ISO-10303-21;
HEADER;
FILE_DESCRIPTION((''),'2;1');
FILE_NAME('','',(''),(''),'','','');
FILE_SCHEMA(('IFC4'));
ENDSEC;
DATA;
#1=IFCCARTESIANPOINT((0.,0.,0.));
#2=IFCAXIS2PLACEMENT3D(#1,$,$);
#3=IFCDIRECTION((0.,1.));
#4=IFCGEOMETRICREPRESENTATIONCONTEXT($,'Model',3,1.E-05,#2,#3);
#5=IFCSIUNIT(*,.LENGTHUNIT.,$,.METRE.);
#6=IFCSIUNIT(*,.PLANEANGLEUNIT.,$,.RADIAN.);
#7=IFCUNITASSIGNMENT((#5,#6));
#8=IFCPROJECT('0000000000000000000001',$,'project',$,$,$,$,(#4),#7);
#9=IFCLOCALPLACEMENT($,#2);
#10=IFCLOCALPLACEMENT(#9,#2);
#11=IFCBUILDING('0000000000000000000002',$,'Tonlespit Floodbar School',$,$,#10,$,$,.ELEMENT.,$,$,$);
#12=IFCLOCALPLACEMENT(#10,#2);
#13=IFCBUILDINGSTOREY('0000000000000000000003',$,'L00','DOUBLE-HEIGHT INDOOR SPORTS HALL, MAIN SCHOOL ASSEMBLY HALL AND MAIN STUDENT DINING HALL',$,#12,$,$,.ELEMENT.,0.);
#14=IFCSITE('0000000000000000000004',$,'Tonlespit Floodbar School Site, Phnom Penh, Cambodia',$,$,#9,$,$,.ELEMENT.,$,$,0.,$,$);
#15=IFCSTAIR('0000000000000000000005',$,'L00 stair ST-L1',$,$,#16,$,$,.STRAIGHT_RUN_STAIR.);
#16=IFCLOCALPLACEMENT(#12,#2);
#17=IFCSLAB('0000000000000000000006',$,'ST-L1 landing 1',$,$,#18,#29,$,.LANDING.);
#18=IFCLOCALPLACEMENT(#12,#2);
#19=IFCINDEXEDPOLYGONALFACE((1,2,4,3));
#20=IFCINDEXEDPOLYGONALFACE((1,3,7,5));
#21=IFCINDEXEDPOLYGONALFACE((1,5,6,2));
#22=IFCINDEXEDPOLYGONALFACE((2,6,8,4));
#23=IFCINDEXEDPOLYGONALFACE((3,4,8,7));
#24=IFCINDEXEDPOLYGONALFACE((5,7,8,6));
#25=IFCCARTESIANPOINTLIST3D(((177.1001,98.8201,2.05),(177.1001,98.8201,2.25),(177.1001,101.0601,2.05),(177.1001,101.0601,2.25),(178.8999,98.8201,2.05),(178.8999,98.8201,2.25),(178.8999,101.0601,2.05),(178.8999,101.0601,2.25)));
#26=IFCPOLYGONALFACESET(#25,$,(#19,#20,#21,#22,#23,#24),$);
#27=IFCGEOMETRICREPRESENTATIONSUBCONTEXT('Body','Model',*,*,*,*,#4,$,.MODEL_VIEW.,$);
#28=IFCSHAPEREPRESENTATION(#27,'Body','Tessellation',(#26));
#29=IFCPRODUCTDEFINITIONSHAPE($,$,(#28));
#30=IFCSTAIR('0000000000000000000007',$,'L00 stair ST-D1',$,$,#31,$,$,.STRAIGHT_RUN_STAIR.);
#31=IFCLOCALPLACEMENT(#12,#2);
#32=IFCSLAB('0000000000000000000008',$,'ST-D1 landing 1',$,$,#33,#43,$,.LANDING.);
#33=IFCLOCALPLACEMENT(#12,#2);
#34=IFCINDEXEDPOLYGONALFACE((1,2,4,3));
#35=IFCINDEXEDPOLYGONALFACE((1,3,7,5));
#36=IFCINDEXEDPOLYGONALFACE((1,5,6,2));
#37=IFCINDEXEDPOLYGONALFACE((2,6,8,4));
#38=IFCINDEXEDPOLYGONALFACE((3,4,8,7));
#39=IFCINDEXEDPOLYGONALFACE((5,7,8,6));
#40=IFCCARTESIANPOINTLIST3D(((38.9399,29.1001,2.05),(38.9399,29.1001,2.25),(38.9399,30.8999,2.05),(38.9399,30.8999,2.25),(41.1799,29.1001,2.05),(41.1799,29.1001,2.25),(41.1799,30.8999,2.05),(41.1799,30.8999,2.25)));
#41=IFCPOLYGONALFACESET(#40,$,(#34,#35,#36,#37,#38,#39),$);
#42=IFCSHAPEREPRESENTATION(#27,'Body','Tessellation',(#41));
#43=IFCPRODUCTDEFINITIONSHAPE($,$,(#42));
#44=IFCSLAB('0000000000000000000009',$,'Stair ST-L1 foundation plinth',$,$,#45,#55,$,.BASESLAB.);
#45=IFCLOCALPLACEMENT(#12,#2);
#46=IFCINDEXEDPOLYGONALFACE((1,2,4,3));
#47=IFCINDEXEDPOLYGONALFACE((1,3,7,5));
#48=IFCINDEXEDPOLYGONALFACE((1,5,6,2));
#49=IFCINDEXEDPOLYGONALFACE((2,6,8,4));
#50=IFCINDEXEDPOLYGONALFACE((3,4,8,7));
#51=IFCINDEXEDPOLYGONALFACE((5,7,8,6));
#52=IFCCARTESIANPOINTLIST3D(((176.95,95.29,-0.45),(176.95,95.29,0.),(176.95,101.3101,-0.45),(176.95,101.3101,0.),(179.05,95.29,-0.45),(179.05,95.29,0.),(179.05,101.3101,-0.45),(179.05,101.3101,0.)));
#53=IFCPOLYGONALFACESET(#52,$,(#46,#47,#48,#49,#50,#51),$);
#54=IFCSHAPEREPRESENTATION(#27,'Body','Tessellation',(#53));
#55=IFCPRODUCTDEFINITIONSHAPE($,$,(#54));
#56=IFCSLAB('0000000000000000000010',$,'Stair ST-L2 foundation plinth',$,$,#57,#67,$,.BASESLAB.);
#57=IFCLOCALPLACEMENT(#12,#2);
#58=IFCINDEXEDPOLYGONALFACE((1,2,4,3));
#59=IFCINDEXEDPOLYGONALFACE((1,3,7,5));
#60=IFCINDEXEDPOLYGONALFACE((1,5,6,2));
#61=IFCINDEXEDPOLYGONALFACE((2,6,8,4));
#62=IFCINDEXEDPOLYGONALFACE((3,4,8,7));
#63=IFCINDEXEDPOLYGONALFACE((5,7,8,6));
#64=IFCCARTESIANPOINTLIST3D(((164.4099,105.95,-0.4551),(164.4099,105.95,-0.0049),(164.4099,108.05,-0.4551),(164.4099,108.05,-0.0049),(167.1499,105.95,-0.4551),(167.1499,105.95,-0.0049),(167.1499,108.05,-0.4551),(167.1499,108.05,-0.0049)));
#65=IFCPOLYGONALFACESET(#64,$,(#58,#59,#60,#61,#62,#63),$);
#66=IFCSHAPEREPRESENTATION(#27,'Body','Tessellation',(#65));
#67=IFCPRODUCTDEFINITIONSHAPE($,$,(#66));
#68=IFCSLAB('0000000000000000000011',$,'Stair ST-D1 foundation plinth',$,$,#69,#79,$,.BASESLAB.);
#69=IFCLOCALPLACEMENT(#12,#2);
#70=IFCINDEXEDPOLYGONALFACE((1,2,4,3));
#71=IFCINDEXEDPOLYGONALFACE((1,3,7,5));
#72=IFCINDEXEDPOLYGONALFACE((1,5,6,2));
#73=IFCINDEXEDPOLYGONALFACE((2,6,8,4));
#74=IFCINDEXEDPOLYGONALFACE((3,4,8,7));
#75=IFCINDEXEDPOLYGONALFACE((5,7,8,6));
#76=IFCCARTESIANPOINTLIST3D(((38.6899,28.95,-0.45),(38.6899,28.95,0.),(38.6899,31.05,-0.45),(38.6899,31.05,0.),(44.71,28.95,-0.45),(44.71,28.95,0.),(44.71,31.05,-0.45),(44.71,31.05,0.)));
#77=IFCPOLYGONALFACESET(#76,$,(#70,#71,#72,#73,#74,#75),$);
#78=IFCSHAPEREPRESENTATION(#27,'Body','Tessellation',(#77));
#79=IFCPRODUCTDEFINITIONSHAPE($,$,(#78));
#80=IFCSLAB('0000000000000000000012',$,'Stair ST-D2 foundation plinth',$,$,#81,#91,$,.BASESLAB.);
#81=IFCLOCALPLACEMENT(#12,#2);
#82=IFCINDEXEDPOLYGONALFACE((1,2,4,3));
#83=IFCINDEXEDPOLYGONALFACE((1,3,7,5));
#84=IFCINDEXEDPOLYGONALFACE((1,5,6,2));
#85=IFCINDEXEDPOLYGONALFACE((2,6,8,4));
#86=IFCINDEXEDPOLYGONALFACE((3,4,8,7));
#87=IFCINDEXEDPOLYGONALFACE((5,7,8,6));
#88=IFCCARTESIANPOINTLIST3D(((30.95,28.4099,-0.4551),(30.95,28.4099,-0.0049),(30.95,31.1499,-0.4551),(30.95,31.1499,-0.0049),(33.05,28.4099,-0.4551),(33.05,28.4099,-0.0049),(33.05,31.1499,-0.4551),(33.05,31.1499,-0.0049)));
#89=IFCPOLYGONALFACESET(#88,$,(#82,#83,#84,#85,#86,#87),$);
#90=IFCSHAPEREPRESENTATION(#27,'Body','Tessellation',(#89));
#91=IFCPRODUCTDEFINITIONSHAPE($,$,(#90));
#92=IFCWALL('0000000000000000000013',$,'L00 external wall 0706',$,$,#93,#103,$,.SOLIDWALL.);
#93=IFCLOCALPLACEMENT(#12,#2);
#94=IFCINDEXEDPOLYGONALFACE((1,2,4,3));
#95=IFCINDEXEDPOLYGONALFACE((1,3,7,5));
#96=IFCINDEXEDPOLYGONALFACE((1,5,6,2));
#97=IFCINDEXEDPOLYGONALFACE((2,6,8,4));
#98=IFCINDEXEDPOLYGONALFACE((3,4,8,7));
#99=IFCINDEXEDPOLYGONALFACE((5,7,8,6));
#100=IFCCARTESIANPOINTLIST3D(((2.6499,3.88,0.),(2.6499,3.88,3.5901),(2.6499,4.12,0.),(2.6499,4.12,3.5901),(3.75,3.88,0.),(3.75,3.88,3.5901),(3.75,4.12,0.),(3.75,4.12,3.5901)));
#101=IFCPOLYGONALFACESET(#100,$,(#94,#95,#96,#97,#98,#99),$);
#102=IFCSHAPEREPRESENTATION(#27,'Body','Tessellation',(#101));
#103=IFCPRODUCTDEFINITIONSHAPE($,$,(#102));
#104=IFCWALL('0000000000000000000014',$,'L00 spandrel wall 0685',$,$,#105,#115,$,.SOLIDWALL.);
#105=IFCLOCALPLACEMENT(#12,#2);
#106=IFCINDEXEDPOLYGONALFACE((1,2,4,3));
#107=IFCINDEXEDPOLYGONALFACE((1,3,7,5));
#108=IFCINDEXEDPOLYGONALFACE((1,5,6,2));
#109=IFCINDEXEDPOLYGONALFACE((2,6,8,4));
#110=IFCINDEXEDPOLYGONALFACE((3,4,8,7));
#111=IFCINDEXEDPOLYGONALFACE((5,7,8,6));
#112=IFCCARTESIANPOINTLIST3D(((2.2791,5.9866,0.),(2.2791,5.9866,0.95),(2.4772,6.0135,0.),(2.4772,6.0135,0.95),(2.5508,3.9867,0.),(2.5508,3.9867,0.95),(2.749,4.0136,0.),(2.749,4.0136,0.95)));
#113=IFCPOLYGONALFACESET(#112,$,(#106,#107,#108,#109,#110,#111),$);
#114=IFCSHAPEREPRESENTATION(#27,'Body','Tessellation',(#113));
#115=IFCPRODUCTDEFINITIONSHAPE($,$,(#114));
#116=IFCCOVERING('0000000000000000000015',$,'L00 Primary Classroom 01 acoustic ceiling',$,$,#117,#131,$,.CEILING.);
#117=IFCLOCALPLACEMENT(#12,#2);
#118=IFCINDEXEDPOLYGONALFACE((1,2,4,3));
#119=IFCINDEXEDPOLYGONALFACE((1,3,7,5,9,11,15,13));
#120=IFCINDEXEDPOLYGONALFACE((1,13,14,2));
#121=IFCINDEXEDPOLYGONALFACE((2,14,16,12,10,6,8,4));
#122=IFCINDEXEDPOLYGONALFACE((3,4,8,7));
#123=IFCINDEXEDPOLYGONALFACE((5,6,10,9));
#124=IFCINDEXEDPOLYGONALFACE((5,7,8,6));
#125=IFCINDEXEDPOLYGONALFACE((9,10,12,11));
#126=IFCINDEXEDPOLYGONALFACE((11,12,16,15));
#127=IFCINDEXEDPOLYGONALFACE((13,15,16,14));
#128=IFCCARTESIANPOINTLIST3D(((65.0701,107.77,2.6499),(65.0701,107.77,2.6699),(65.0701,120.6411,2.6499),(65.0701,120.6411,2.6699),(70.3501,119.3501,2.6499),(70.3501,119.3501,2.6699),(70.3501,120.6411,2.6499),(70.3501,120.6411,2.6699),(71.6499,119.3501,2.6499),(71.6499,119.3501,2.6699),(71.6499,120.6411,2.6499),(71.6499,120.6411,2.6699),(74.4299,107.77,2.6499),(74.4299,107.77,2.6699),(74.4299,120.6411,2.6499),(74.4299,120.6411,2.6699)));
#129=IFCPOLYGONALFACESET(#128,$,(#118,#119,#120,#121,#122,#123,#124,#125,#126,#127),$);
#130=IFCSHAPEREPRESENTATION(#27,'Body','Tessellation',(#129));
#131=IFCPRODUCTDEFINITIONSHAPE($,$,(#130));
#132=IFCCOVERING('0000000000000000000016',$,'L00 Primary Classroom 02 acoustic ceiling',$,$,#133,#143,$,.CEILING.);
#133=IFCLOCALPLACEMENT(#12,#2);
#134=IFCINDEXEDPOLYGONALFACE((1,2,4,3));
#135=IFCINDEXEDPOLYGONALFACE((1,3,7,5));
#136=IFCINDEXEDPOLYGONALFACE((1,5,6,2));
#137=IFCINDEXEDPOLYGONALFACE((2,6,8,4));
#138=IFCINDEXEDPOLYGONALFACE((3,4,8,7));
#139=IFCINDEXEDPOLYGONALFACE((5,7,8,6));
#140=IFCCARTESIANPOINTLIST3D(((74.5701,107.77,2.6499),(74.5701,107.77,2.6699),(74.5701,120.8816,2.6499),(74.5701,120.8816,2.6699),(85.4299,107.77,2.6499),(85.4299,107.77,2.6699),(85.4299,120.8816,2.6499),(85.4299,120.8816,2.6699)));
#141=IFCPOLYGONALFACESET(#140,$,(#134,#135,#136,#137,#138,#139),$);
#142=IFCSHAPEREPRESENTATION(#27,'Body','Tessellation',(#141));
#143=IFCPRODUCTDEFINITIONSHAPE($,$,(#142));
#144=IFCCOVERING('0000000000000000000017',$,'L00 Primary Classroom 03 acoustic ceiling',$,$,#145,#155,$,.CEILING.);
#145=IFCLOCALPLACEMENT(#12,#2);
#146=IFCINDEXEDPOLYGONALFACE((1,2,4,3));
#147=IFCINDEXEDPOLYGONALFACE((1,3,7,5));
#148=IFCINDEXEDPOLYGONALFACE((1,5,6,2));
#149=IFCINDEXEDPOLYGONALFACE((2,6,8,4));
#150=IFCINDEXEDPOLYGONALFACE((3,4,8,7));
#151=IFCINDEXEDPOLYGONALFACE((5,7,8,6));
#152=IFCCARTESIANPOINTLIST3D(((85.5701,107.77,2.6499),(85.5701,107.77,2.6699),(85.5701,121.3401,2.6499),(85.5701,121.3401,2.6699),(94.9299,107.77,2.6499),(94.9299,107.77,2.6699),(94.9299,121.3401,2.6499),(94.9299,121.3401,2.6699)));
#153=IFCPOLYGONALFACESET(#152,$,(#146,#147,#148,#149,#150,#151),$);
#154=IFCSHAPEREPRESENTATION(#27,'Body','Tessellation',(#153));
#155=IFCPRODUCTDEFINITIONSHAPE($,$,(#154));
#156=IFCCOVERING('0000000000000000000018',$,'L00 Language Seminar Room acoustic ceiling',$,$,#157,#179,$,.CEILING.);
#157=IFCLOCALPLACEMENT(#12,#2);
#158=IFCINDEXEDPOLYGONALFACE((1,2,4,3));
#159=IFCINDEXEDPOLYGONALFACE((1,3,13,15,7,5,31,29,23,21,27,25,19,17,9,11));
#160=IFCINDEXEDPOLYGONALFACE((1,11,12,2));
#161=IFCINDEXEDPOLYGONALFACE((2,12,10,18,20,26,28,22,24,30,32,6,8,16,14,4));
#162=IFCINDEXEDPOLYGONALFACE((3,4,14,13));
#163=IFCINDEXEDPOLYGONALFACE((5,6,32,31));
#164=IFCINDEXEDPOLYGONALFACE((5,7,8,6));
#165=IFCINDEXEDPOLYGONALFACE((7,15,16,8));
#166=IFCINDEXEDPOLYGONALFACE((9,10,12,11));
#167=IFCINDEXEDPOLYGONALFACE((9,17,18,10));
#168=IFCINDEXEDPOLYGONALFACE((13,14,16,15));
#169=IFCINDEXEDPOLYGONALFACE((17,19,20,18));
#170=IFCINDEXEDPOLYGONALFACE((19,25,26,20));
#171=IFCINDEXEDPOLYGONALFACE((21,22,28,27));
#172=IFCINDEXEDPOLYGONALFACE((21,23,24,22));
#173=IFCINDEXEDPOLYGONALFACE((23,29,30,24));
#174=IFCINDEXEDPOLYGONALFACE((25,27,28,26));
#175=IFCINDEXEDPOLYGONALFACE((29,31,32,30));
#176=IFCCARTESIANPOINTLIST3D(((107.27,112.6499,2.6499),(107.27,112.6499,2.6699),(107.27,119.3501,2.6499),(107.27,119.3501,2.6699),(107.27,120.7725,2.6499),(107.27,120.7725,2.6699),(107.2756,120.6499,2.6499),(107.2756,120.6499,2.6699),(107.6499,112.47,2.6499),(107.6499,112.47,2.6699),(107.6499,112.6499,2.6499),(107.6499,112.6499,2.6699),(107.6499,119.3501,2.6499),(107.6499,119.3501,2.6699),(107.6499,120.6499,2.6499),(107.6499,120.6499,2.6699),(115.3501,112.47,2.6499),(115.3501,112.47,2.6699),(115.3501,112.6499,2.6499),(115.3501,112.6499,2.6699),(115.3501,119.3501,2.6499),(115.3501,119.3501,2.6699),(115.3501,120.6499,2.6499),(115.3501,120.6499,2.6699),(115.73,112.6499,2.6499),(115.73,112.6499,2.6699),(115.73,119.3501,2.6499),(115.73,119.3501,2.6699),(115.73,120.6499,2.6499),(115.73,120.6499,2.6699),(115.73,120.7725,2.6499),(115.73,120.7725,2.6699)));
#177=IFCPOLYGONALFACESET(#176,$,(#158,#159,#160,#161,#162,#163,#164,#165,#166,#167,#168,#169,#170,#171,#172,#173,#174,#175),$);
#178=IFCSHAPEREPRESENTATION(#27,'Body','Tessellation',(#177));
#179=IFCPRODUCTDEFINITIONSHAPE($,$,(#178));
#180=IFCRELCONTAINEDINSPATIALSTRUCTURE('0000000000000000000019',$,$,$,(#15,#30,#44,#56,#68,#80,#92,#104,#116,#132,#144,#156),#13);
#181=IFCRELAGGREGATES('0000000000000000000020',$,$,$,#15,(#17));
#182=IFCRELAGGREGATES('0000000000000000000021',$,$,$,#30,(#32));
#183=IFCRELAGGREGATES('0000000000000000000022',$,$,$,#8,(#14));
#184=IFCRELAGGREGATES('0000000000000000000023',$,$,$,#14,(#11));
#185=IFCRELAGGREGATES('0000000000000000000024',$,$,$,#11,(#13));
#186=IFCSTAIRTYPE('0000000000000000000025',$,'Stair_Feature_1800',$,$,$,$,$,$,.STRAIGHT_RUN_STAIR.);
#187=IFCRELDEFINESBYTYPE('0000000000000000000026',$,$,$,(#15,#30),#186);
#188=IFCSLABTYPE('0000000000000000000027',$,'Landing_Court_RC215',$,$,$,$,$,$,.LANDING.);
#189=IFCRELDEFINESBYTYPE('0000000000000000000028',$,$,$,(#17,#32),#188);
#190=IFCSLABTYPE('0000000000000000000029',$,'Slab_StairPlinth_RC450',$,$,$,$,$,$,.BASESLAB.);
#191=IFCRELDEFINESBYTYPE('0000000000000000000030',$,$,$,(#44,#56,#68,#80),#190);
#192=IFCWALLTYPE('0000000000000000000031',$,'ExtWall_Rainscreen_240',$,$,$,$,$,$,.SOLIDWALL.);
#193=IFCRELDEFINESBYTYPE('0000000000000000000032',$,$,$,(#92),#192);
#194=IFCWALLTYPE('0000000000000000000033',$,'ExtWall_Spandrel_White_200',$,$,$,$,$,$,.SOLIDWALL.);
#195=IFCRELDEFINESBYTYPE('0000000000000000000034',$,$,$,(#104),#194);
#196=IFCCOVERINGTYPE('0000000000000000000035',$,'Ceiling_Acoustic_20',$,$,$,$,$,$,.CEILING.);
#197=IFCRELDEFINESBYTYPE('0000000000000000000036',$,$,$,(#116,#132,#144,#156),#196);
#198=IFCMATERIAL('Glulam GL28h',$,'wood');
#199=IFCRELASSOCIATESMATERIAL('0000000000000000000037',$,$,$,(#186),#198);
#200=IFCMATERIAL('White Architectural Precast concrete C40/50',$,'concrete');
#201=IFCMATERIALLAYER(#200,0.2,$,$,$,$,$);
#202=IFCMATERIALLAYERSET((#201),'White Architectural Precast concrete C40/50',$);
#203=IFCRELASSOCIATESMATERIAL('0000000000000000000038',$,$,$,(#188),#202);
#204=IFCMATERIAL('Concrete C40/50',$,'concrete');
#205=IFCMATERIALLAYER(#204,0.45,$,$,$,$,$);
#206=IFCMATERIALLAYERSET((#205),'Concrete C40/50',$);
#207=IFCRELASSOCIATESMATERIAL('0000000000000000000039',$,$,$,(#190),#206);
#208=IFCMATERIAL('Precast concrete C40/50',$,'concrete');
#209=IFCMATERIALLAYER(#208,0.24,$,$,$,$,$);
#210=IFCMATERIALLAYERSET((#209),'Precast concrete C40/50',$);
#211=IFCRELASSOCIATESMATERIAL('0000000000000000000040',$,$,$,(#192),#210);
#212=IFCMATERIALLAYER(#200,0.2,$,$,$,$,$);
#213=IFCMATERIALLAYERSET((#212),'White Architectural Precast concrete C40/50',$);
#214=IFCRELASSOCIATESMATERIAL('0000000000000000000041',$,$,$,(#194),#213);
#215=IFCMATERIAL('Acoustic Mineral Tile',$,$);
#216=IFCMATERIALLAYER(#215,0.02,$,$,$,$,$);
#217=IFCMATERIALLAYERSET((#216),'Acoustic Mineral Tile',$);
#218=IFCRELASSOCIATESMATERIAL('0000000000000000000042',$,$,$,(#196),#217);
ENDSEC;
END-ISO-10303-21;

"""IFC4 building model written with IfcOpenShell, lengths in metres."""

from ifc_helpers import new_model, si_unit, direction, frame, frame_2d, origin, place, context, subcontext, project, spatial, polyline, rectangle, outline, extrude, material, layer, layer_set, type_object, element, aggregate, save


model = new_model("IFC4")

# Units and contexts
model_context = context("Model", 3, precision=1e-05, world=origin(), true_north=direction((0.0, 1.0)))
body_context = subcontext(model_context, "Body", "Model", "MODEL_VIEW")
ifc_project = project(units=[si_unit("LENGTHUNIT", "METRE"), si_unit("PLANEANGLEUNIT", "RADIAN")], contexts=[model_context])

# Site, building, storey
site_placement = place(None, origin())
site = spatial("IfcSite", under=ifc_project, at=site_placement, Name="Tonlespit Floodbar School Site, Phnom Penh, Cambodia", CompositionType="ELEMENT", RefElevation=0.0)
building_placement = place(site_placement, origin())
building = spatial("IfcBuilding", under=site, at=building_placement, Name="Tonlespit Floodbar School", CompositionType="ELEMENT")
storey_placement = place(building_placement, origin())
storey = spatial("IfcBuildingStorey", under=building, at=storey_placement, Name="L00", Description="DOUBLE-HEIGHT INDOOR SPORTS HALL, MAIN SCHOOL ASSEMBLY HALL AND MAIN STUDENT DINING HALL", CompositionType="ELEMENT", Elevation=0.0)

# Shared definitions
ifc_material_1 = material(Name="Concrete C40/50", Category="concrete")

# Stairs, slabs
ifc_material_2 = material(Name="Glulam GL28h", Category="wood")
stair_type = type_object("IfcStairType", Name="Stair_Feature_1800", PredefinedType="STRAIGHT_RUN_STAIR", material=ifc_material_2)
stair_1_placement = place(storey_placement, origin())
stair_1 = element("IfcStair", 1, at=stair_1_placement, inside=storey, type_object=stair_type, Name="L00 stair ST-L1", PredefinedType="STRAIGHT_RUN_STAIR")
ifc_material_3 = material(Name="White Architectural Precast concrete C40/50", Category="concrete")
ifc_layer_1 = layer(ifc_material_3, 0.2)
ifc_layer_set_1 = layer_set([ifc_layer_1], Name="White Architectural Precast concrete C40/50")
slab_type_1 = type_object("IfcSlabType", Name="Landing_Court_RC215", PredefinedType="LANDING", material=ifc_layer_set_1)
slab_1_placement = place(storey_placement, frame((0.0, 0.0, 2.05)))
slab_1 = element("IfcSlab", 2, at=slab_1_placement, type_object=slab_type_1, Name="ST-L1 landing 1", PredefinedType="LANDING", context=body_context, shape_type="SweptSolid", body=[
    extrude(outline(polyline([(178.8999, 98.8201), (178.8999, 101.0601), (177.1001, 101.0601), (177.1001, 98.8201), (178.8999, 98.8201)])), origin(), (0.0, 0.0, 1.0), 0.2),
])
aggregate(stair_1, [slab_1])
stair_2_placement = place(storey_placement, origin())
stair_2 = element("IfcStair", 3, at=stair_2_placement, inside=storey, type_object=stair_type, Name="L00 stair ST-D1", PredefinedType="STRAIGHT_RUN_STAIR")
slab_2_placement = place(storey_placement, frame((0.0, 0.0, 2.05)))
slab_2 = element("IfcSlab", 4, at=slab_2_placement, type_object=slab_type_1, Name="ST-D1 landing 1", PredefinedType="LANDING", context=body_context, shape_type="SweptSolid", body=[
    extrude(outline(polyline([(41.1799, 30.8999), (38.9399, 30.8999), (38.9399, 29.1001), (41.1799, 29.1001), (41.1799, 30.8999)])), origin(), (0.0, 0.0, 1.0), 0.2),
])
aggregate(stair_2, [slab_2])

# Slabs
ifc_layer_2 = layer(ifc_material_1, 0.45)
ifc_layer_set_2 = layer_set([ifc_layer_2], Name="Concrete C40/50")
slab_type_2 = type_object("IfcSlabType", Name="Slab_StairPlinth_RC450", PredefinedType="BASESLAB", material=ifc_layer_set_2)
slab_3_placement = place(storey_placement, frame((0.0, 0.0, -0.45)))
element("IfcSlab", 5, at=slab_3_placement, inside=storey, type_object=slab_type_2, Name="Stair ST-L1 foundation plinth", PredefinedType="BASESLAB", context=body_context, shape_type="SweptSolid", body=[
    extrude(outline(polyline([(179.05, 95.29), (179.05, 101.3101), (176.95, 101.3101), (176.95, 95.29), (179.05, 95.29)])), origin(), (0.0, 0.0, 1.0), 0.45),
])
slab_4_placement = place(storey_placement, frame((0.0, 0.0, -0.4551)))
element("IfcSlab", 6, at=slab_4_placement, inside=storey, type_object=slab_type_2, Name="Stair ST-L2 foundation plinth", PredefinedType="BASESLAB", context=body_context, shape_type="SweptSolid", body=[
    extrude(outline(polyline([(167.1499, 108.05), (164.4099, 108.05), (164.4099, 105.95), (167.1499, 105.95), (167.1499, 108.05)])), origin(), (0.0, 0.0, 1.0), 0.4502),
])
slab_5_placement = place(storey_placement, frame((0.0, 0.0, -0.45)))
element("IfcSlab", 7, at=slab_5_placement, inside=storey, type_object=slab_type_2, Name="Stair ST-D1 foundation plinth", PredefinedType="BASESLAB", context=body_context, shape_type="SweptSolid", body=[
    extrude(outline(polyline([(44.71, 31.05), (38.6899, 31.05), (38.6899, 28.95), (44.71, 28.95), (44.71, 31.05)])), origin(), (0.0, 0.0, 1.0), 0.45),
])
slab_6_placement = place(storey_placement, frame((0.0, 0.0, -0.4551)))
element("IfcSlab", 8, at=slab_6_placement, inside=storey, type_object=slab_type_2, Name="Stair ST-D2 foundation plinth", PredefinedType="BASESLAB", context=body_context, shape_type="SweptSolid", body=[
    extrude(outline(polyline([(30.95, 31.1499), (30.95, 28.4099), (33.05, 28.4099), (33.05, 31.1499), (30.95, 31.1499)])), origin(), (0.0, 0.0, 1.0), 0.4502),
])

# Walls
ifc_material_4 = material(Name="Precast concrete C40/50", Category="concrete")
ifc_layer_3 = layer(ifc_material_4, 0.24)
ifc_layer_set_3 = layer_set([ifc_layer_3], Name="Precast concrete C40/50")
wall_type_1 = type_object("IfcWallType", Name="ExtWall_Rainscreen_240", PredefinedType="SOLIDWALL", material=ifc_layer_set_3)
wall_1_placement = place(storey_placement, frame((3.75, 4.0, 0.0), z_axis=(0.0, 0.0, 1.0), x_axis=(-1.0, 0.0, 0.0)))
element("IfcWall", 9, at=wall_1_placement, inside=storey, type_object=wall_type_1, Name="L00 external wall 0706", PredefinedType="SOLIDWALL", context=body_context, shape_type="SweptSolid", body=[
    extrude(rectangle(XDim=1.1001, YDim=0.24, at=frame_2d((0.55, 0.0))), origin(), (0.0, 0.0, 1.0), 3.5901),
])
ifc_layer_4 = layer(ifc_material_3, 0.2)
ifc_layer_set_4 = layer_set([ifc_layer_4], Name="White Architectural Precast concrete C40/50")
wall_type_2 = type_object("IfcWallType", Name="ExtWall_Spandrel_White_200", PredefinedType="SOLIDWALL", material=ifc_layer_set_4)
wall_2_placement = place(storey_placement, frame((2.6499, 4.0, 0.0), z_axis=(0.0, 0.0, 1.0), x_axis=(-0.134627, 0.990896, 0.0)))
element("IfcWall", 10, at=wall_2_placement, inside=storey, type_object=wall_type_2, Name="L00 spandrel wall 0685", PredefinedType="SOLIDWALL", context=body_context, shape_type="SweptSolid", body=[
    extrude(rectangle(XDim=2.0183, YDim=0.2, at=frame_2d((1.0093, 0.0))), origin(), (0.0, 0.0, 1.0), 0.95),
])

# Coverings
ifc_material_5 = material(Name="Acoustic Mineral Tile")
ifc_layer_5 = layer(ifc_material_5, 0.02)
ifc_layer_set_5 = layer_set([ifc_layer_5], Name="Acoustic Mineral Tile")
covering_type_1 = type_object("IfcCoveringType", Name="Ceiling_Acoustic_20", PredefinedType="CEILING", material=ifc_layer_set_5)
covering_1_placement = place(storey_placement, frame((0.0, 0.0, 2.6499)))
element("IfcCovering", 11, at=covering_1_placement, inside=storey, type_object=covering_type_1, Name="L00 Primary Classroom 01 acoustic ceiling", PredefinedType="CEILING", context=body_context, shape_type="SweptSolid", body=[
    extrude(outline(polyline([(70.3501, 120.6411), (70.3501, 119.3501), (71.6499, 119.3501), (71.6499, 120.6411), (74.4299, 120.6411), (74.4299, 107.77), (65.0701, 107.77), (65.0701, 120.6411), (70.3501, 120.6411)])), origin(), (0.0, 0.0, 1.0), 0.02),
])
covering_2_placement = place(storey_placement, frame((0.0, 0.0, 2.6499)))
element("IfcCovering", 12, at=covering_2_placement, inside=storey, type_object=covering_type_1, Name="L00 Primary Classroom 02 acoustic ceiling", PredefinedType="CEILING", context=body_context, shape_type="SweptSolid", body=[
    extrude(outline(polyline([(85.4299, 120.8816), (85.4299, 107.77), (74.5701, 107.77), (74.5701, 120.8816), (85.4299, 120.8816)])), origin(), (0.0, 0.0, 1.0), 0.02),
])
covering_3_placement = place(storey_placement, frame((0.0, 0.0, 2.6499)))
element("IfcCovering", 13, at=covering_3_placement, inside=storey, type_object=covering_type_1, Name="L00 Primary Classroom 03 acoustic ceiling", PredefinedType="CEILING", context=body_context, shape_type="SweptSolid", body=[
    extrude(outline(polyline([(94.9299, 121.3401), (94.9299, 107.77), (85.5701, 107.77), (85.5701, 121.3401), (94.9299, 121.3401)])), origin(), (0.0, 0.0, 1.0), 0.02),
])
covering_4_placement = place(storey_placement, frame((0.0, 0.0, 2.6499)))
element("IfcCovering", 14, at=covering_4_placement, inside=storey, type_object=covering_type_1, Name="L00 Language Seminar Room acoustic ceiling", PredefinedType="CEILING", context=body_context, shape_type="SweptSolid", body=[
    extrude(outline(polyline([(107.2756, 120.6499), (107.27, 120.7725), (115.73, 120.7725), (115.73, 120.6499), (115.3501, 120.6499), (115.3501, 119.3501), (115.73, 119.3501), (115.73, 112.6499), (115.3501, 112.6499), (115.3501, 112.47), (107.6499, 112.47), (107.6499, 112.6499), (107.27, 112.6499), (107.27, 119.3501), (107.6499, 119.3501), (107.6499, 120.6499), (107.2756, 120.6499)])), origin(), (0.0, 0.0, 1.0), 0.02),
])

save(model, "model.ifc")
